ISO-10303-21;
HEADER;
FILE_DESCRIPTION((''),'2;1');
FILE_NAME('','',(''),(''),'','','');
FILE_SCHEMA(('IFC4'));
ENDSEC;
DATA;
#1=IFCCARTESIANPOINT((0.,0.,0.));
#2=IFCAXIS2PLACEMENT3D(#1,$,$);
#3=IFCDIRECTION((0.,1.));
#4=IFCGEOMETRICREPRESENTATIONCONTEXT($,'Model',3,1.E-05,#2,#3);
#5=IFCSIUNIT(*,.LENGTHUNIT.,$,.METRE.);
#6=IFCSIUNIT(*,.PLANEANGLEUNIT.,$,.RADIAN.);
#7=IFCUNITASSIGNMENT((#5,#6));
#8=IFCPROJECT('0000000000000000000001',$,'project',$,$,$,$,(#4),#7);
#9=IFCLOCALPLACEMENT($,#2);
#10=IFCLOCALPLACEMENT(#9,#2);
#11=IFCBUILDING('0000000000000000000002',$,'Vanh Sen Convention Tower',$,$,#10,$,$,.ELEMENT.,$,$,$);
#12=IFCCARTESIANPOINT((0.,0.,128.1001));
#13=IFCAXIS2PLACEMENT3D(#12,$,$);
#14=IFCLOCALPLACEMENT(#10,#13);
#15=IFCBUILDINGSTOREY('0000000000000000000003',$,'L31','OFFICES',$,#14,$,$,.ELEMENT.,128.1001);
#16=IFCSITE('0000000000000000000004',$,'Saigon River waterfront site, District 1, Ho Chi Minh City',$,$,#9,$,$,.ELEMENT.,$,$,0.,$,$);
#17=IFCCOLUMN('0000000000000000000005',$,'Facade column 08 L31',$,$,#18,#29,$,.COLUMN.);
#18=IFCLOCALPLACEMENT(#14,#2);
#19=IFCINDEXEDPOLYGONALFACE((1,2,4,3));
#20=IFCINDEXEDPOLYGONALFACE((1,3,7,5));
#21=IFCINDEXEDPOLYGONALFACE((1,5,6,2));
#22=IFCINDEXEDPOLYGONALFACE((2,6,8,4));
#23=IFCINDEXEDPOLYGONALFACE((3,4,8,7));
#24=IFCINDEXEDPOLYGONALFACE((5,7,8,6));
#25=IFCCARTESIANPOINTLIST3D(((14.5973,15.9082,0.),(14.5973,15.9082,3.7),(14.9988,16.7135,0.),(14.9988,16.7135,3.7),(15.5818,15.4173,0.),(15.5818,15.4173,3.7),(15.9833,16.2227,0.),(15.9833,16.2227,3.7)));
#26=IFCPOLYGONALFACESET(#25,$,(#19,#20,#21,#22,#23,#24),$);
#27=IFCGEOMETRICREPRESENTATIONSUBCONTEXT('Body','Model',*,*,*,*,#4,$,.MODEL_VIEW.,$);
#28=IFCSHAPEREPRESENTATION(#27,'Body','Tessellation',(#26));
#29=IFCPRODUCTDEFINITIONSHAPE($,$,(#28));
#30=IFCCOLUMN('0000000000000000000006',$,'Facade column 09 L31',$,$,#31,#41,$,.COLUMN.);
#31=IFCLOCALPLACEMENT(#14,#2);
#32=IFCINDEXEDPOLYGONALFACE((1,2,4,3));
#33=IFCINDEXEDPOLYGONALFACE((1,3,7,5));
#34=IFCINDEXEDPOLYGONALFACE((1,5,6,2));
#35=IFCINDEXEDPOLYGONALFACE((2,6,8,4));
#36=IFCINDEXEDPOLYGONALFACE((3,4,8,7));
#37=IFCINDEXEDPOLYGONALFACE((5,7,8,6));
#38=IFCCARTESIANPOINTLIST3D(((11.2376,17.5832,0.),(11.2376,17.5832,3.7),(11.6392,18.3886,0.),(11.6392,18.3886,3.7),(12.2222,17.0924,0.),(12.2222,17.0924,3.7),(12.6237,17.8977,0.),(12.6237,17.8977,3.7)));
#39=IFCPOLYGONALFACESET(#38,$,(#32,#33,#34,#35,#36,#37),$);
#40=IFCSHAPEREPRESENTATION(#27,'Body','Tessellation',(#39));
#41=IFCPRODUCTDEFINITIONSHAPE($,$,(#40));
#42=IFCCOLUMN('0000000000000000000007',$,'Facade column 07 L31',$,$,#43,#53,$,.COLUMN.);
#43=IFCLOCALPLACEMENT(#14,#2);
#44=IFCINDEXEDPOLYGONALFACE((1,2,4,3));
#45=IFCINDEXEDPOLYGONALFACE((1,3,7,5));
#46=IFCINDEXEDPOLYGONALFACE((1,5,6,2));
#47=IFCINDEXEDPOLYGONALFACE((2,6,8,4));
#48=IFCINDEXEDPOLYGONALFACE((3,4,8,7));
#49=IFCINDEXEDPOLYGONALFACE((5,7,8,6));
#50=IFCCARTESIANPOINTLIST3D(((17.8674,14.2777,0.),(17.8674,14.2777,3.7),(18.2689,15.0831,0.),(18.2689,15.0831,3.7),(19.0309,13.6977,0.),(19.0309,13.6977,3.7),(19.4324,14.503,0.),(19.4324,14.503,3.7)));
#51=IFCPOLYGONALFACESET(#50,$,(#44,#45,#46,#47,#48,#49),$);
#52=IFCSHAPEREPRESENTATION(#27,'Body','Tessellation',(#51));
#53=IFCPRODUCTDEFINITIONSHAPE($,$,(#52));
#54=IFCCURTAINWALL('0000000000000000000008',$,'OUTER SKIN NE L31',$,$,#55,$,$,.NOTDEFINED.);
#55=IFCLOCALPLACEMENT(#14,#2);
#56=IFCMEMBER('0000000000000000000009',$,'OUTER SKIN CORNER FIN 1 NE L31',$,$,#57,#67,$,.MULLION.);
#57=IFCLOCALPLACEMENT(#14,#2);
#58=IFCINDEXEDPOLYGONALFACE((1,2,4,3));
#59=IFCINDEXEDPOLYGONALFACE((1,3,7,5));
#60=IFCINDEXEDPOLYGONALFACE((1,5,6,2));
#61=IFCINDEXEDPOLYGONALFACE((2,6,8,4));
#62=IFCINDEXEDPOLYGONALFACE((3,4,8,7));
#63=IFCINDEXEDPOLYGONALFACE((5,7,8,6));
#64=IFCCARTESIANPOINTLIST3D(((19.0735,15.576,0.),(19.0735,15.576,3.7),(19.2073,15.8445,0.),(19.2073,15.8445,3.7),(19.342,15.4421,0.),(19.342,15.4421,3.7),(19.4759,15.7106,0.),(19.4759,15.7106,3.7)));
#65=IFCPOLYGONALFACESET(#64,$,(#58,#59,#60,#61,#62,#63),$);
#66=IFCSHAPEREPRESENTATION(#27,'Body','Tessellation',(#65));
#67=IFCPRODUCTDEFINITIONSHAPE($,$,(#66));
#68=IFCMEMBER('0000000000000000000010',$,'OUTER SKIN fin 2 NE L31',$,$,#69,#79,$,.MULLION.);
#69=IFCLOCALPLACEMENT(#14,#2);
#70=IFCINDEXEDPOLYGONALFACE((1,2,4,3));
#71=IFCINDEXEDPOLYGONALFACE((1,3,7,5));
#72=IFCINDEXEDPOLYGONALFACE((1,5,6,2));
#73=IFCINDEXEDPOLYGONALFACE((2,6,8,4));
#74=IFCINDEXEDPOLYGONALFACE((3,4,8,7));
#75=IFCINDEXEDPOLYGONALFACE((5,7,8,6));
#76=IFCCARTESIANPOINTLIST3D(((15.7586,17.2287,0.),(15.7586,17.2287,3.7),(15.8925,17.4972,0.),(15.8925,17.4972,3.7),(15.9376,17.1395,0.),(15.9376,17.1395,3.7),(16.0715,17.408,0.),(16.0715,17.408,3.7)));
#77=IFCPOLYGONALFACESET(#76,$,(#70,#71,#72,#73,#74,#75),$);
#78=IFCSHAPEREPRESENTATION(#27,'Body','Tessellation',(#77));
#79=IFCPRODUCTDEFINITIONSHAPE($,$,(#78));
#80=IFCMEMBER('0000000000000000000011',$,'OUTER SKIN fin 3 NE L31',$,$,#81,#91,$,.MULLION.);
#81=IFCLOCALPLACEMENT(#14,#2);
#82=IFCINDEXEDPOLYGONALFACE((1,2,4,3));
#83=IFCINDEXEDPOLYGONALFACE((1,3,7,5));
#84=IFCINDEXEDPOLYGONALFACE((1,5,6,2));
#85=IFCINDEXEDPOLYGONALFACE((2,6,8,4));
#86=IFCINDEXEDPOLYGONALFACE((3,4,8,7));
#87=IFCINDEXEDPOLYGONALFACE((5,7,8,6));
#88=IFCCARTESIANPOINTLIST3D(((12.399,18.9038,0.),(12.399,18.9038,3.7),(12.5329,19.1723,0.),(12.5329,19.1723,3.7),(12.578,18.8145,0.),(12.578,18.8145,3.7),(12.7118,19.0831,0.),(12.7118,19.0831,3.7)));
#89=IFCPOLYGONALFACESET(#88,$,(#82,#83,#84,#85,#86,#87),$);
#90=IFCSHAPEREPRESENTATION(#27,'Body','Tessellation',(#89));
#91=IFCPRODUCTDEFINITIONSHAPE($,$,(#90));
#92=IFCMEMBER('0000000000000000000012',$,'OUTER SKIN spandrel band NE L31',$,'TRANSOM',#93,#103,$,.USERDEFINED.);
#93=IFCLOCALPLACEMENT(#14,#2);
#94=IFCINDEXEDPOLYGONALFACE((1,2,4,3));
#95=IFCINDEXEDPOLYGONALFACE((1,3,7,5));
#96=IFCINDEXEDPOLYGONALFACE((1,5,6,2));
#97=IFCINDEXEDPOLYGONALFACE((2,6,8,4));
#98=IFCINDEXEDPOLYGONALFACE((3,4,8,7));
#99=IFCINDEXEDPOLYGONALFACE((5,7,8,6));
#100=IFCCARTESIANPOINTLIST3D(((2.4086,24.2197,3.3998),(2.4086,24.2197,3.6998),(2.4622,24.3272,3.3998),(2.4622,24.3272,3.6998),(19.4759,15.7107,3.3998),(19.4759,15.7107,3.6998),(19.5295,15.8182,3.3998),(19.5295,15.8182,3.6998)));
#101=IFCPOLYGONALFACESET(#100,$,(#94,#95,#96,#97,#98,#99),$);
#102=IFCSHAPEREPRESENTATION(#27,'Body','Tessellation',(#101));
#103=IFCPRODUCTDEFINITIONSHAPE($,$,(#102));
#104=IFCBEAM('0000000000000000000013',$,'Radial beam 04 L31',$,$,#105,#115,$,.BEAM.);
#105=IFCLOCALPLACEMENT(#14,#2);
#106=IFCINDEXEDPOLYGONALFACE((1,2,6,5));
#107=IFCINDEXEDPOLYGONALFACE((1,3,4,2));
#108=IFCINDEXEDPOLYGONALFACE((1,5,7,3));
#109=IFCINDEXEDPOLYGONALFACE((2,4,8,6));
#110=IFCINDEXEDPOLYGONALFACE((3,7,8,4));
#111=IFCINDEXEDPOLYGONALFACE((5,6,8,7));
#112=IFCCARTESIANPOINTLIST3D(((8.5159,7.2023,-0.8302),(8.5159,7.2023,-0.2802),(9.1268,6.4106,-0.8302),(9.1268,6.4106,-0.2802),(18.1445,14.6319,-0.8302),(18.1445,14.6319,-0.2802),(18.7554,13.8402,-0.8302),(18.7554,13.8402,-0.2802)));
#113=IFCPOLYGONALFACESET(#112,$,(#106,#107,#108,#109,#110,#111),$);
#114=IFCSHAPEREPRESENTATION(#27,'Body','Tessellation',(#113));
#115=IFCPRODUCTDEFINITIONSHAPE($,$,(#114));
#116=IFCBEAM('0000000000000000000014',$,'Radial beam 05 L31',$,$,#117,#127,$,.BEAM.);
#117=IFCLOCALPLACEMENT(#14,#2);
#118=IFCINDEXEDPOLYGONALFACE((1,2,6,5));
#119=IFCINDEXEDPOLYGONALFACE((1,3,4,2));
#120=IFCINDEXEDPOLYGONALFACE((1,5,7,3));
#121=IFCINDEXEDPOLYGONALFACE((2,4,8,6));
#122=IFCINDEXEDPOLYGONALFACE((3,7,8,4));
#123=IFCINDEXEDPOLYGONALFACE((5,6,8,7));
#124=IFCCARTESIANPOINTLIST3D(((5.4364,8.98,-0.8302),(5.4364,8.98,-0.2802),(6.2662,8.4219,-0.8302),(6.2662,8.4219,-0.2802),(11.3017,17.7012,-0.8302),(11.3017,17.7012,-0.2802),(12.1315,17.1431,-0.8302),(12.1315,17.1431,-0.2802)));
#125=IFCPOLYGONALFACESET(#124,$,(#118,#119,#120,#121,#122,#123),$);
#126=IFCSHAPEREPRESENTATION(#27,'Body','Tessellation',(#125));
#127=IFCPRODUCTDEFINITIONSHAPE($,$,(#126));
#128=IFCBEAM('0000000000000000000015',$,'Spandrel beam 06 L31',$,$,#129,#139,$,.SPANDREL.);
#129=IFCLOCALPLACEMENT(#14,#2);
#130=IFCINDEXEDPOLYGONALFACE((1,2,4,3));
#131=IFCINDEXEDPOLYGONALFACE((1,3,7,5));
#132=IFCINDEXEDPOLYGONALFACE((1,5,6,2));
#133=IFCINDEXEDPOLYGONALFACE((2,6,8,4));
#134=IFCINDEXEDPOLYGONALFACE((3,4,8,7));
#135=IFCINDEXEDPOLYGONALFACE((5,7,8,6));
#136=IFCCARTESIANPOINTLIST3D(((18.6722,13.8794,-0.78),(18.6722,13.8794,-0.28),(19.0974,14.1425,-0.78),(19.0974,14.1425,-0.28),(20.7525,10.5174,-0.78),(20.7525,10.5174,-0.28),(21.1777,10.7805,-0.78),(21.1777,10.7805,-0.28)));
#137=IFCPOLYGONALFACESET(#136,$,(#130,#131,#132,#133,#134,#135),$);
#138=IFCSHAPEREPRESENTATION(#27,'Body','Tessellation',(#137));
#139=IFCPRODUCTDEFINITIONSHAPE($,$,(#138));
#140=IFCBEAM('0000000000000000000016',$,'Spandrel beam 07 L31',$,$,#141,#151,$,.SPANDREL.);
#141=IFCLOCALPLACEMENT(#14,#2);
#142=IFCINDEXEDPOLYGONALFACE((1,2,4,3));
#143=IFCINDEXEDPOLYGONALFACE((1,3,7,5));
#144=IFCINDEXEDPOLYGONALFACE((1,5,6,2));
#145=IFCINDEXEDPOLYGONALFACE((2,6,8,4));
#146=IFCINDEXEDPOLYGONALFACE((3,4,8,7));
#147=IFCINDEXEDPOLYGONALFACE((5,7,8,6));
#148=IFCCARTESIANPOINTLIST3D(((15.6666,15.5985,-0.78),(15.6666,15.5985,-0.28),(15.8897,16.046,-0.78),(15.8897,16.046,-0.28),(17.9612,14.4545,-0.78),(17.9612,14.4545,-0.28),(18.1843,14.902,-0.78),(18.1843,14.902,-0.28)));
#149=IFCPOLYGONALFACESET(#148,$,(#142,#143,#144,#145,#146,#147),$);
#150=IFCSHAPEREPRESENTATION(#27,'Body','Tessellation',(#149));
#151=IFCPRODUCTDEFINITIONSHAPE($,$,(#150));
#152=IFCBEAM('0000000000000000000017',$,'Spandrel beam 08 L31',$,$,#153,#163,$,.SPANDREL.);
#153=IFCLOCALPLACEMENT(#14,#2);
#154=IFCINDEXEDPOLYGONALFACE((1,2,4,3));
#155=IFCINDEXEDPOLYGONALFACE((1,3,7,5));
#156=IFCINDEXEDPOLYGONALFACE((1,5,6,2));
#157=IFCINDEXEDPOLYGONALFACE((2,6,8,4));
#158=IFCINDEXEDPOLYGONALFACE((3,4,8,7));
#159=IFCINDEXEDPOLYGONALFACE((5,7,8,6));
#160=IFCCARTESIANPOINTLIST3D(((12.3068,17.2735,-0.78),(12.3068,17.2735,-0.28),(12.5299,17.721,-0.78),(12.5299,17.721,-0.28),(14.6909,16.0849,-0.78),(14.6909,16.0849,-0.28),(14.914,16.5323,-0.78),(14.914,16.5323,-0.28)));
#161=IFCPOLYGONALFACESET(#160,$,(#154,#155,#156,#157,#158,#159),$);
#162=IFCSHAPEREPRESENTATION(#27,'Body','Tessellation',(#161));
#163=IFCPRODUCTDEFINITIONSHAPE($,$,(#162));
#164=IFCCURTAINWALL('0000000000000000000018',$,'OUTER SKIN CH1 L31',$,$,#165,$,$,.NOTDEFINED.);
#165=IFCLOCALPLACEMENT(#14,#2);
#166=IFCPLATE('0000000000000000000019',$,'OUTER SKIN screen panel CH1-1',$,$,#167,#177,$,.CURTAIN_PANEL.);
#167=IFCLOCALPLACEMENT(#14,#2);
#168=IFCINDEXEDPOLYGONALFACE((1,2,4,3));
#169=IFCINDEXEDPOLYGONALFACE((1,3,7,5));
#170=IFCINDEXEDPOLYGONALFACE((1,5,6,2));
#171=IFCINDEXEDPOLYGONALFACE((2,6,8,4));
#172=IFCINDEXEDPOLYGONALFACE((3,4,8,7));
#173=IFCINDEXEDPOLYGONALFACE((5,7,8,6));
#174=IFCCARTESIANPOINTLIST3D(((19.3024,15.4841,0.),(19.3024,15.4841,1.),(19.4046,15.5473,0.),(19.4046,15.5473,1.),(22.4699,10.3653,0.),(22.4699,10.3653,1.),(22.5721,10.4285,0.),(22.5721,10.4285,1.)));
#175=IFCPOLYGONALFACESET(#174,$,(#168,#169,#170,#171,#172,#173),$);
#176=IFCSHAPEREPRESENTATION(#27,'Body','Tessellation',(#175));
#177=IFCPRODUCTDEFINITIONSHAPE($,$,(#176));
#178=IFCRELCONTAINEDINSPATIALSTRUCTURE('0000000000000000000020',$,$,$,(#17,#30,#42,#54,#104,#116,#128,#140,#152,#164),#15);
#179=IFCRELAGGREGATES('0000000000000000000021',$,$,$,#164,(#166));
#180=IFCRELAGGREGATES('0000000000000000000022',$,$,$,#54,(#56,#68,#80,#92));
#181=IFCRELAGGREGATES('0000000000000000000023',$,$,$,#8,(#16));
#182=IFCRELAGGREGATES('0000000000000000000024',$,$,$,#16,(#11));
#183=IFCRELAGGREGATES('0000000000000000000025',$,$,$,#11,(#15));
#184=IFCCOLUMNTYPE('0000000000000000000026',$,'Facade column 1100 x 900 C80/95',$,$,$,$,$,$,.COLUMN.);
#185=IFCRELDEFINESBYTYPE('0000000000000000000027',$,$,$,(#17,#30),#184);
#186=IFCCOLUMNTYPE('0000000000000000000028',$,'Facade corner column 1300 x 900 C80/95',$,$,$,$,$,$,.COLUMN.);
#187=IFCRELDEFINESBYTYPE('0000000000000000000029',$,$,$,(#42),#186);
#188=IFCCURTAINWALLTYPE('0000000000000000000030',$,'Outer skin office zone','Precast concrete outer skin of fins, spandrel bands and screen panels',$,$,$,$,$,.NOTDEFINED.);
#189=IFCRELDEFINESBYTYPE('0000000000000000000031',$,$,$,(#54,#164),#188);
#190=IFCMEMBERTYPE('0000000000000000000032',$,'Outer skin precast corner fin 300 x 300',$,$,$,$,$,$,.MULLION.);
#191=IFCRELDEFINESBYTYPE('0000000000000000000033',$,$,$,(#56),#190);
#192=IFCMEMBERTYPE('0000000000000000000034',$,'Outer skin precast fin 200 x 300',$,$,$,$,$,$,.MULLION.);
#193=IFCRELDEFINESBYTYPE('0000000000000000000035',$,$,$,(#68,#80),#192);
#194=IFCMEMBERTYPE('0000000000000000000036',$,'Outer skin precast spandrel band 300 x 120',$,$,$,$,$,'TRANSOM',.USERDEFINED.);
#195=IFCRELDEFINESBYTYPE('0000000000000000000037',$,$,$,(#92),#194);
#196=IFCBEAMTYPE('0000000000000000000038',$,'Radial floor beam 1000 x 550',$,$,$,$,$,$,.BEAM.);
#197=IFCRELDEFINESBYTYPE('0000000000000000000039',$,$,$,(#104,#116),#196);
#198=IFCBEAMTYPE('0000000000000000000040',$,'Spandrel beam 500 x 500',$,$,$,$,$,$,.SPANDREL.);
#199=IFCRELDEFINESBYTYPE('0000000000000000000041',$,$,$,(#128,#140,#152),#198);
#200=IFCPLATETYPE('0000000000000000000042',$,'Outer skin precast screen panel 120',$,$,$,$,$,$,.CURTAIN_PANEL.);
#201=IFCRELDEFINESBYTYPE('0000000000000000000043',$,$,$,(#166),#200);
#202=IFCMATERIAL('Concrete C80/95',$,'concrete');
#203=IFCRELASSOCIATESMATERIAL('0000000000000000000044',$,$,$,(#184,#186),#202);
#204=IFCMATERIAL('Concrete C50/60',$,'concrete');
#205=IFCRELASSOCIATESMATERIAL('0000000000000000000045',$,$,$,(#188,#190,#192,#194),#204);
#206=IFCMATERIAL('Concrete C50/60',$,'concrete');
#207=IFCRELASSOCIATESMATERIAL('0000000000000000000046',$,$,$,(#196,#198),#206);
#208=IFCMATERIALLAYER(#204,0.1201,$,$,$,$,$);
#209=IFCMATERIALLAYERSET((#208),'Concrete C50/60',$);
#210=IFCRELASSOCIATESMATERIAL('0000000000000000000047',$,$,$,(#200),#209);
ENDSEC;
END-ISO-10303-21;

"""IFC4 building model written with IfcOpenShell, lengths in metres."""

from ifc_helpers import new_model, si_unit, direction, frame, origin, origin_2d, place, context, subcontext, project, spatial, rectangle, extrude, material, layer, layer_set, material_profile, profile_set, type_object, element, aggregate, save


model = new_model("IFC4")

# Units and contexts
model_context = context("Model", 3, precision=1e-05, world=origin(), true_north=direction((0.0, 1.0)))
body_context = subcontext(model_context, "Body", "Model", "MODEL_VIEW")
ifc_project = project(units=[si_unit("LENGTHUNIT", "METRE"), si_unit("PLANEANGLEUNIT", "RADIAN")], contexts=[model_context])

# Site, building, storey
site_placement = place(None, origin())
site = spatial("IfcSite", under=ifc_project, at=site_placement, Name="Saigon River waterfront site, District 1, Ho Chi Minh City", CompositionType="ELEMENT", RefElevation=0.0)
building_placement = place(site_placement, origin())
building = spatial("IfcBuilding", under=site, at=building_placement, Name="Vanh Sen Convention Tower", CompositionType="ELEMENT")
storey_placement = place(building_placement, frame((0.0, 0.0, 128.1001)))
storey = spatial("IfcBuildingStorey", under=building, at=storey_placement, Name="L31", Description="OFFICES", CompositionType="ELEMENT", Elevation=128.1001)

# Columns
ifc_material_1 = material(Name="Concrete C80/95", Category="concrete")
ifc_material_profile_1 = material_profile(ifc_material_1, rectangle(XDim=1.1001, YDim=0.8999, at=origin_2d()), Name="RC 1100X900")
ifc_profile_set_1 = profile_set([ifc_material_profile_1], Name="Concrete C80/95")
column_type_1 = type_object("IfcColumnType", Name="Facade column 1100 x 900 C80/95", PredefinedType="COLUMN", material=ifc_profile_set_1)
for number, where, z_axis, x_axis, name in (
    (1, (15.2903, 16.0654, 0.0), (0.0, 0.0, 1.0), (-0.894934, 0.446198, 0.0), "Facade column 08 L31"),
    (2, (11.9307, 17.7405, 0.0), (0.0, 0.0, 1.0), (-0.894934, 0.446198, 0.0), "Facade column 09 L31"),
):
    element("IfcColumn", number, at=place(storey_placement, frame(where, z_axis=z_axis, x_axis=x_axis)), inside=storey, type_object=column_type_1, Name=name, PredefinedType="COLUMN", context=body_context, shape_type="SweptSolid", body=[
        extrude(rectangle(XDim=1.1001, YDim=0.8999, at=origin_2d()), origin(), (0.0, 0.0, 1.0), 3.7),
    ])
ifc_material_profile_2 = material_profile(ifc_material_1, rectangle(XDim=1.3, YDim=0.8999, at=origin_2d()), Name="RC 1300X900")
ifc_profile_set_2 = profile_set([ifc_material_profile_2], Name="Concrete C80/95")
column_type_2 = type_object("IfcColumnType", Name="Facade corner column 1300 x 900 C80/95", PredefinedType="COLUMN", material=ifc_profile_set_2)
column_placement = place(storey_placement, frame((18.6499, 14.3904, 0.0), z_axis=(0.0, 0.0, 1.0), x_axis=(-0.894934, 0.446198, 0.0)))
element("IfcColumn", 3, at=column_placement, inside=storey, type_object=column_type_2, Name="Facade column 07 L31", PredefinedType="COLUMN", context=body_context, shape_type="SweptSolid", body=[
    extrude(rectangle(XDim=1.3, YDim=0.8999, at=origin_2d()), origin(), (0.0, 0.0, 1.0), 3.7),
])

# Curtain wall, members
ifc_material_2 = material(Name="Concrete C50/60", Category="concrete")
curtain_wall_type = type_object("IfcCurtainWallType", Name="Outer skin office zone", Description="Precast concrete outer skin of fins, spandrel bands and screen panels", PredefinedType="NOTDEFINED", material=ifc_material_2)
curtain_wall_1_placement = place(storey_placement, origin())
curtain_wall_1 = element("IfcCurtainWall", 4, at=curtain_wall_1_placement, inside=storey, type_object=curtain_wall_type, Name="OUTER SKIN NE L31", PredefinedType="NOTDEFINED")
ifc_material_profile_3 = material_profile(ifc_material_2, rectangle(XDim=0.3, YDim=0.3, at=origin_2d()), Name="Outer skin precast corner fin 300 x 300")
ifc_profile_set_3 = profile_set([ifc_material_profile_3], Name="Concrete C50/60")
member_type_1 = type_object("IfcMemberType", Name="Outer skin precast corner fin 300 x 300", PredefinedType="MULLION", material=ifc_profile_set_3)
member_1_placement = place(storey_placement, frame((19.2747, 15.6433, 0.0), z_axis=(0.0, 0.0, 1.0), x_axis=(-0.894934, 0.446198, 0.0)))
member_1 = element("IfcMember", 5, at=member_1_placement, type_object=member_type_1, Name="OUTER SKIN CORNER FIN 1 NE L31", PredefinedType="MULLION", context=body_context, shape_type="SweptSolid", body=[
    extrude(rectangle(XDim=0.3, YDim=0.3, at=origin_2d()), origin(), (0.0, 0.0, 1.0), 3.7),
])
ifc_material_profile_4 = material_profile(ifc_material_2, rectangle(XDim=0.2, YDim=0.3, at=origin_2d()), Name="Outer skin precast fin 200 x 300")
ifc_profile_set_4 = profile_set([ifc_material_profile_4], Name="Concrete C50/60")
member_type_2 = type_object("IfcMemberType", Name="Outer skin precast fin 200 x 300", PredefinedType="MULLION", material=ifc_profile_set_4)
member_2_placement = place(storey_placement, frame((15.915, 17.3184, 0.0), z_axis=(0.0, 0.0, 1.0), x_axis=(-0.894934, 0.446198, 0.0)))
member_2 = element("IfcMember", 6, at=member_2_placement, type_object=member_type_2, Name="OUTER SKIN fin 2 NE L31", PredefinedType="MULLION", context=body_context, shape_type="SweptSolid", body=[
    extrude(rectangle(XDim=0.2, YDim=0.3, at=origin_2d()), origin(), (0.0, 0.0, 1.0), 3.7),
])
member_3_placement = place(storey_placement, frame((12.5554, 18.9934, 0.0), z_axis=(0.0, 0.0, 1.0), x_axis=(-0.894934, 0.446198, 0.0)))
member_3 = element("IfcMember", 7, at=member_3_placement, type_object=member_type_2, Name="OUTER SKIN fin 3 NE L31", PredefinedType="MULLION", context=body_context, shape_type="SweptSolid", body=[
    extrude(rectangle(XDim=0.2, YDim=0.3, at=origin_2d()), origin(), (0.0, 0.0, 1.0), 3.7),
])
ifc_material_profile_5 = material_profile(ifc_material_2, rectangle(XDim=0.1201, YDim=0.3, at=origin_2d()), Name="Outer skin precast spandrel band 300 x 120")
ifc_profile_set_5 = profile_set([ifc_material_profile_5], Name="Concrete C50/60")
member_type_3 = type_object("IfcMemberType", Name="Outer skin precast spandrel band 300 x 120", ElementType="TRANSOM", PredefinedType="USERDEFINED", material=ifc_profile_set_5)
member_4_placement = place(storey_placement, frame((19.5027, 15.7644, 3.5498), z_axis=(-0.894941, 0.446184, 0.0), x_axis=(-0.446184, -0.894941, 0.0)))
member_4 = element("IfcMember", 8, at=member_4_placement, type_object=member_type_3, Name="OUTER SKIN spandrel band NE L31", ObjectType="TRANSOM", PredefinedType="USERDEFINED", context=body_context, shape_type="SweptSolid", body=[
    extrude(rectangle(XDim=0.1201, YDim=0.3, at=origin_2d()), origin(), (0.0, 0.0, 1.0), 19.0708),
])

# Beams
ifc_material_3 = material(Name="Concrete C50/60", Category="concrete")
ifc_material_profile_6 = material_profile(ifc_material_3, rectangle(XDim=1.0, YDim=0.55, at=origin_2d()), Name="RC 1000X550")
ifc_profile_set_6 = profile_set([ifc_material_profile_6], Name="Concrete C50/60")
beam_type_1 = type_object("IfcBeamType", Name="Radial floor beam 1000 x 550", PredefinedType="BEAM", material=ifc_profile_set_6)
beam_1_placement = place(storey_placement, frame((18.45, 14.2361, -0.5552), z_axis=(-0.791708, -0.610899, 0.0), x_axis=(0.610899, -0.791708, 0.0)))
element("IfcBeam", 9, at=beam_1_placement, inside=storey, type_object=beam_type_1, Name="Radial beam 04 L31", PredefinedType="BEAM", context=body_context, shape_type="SweptSolid", body=[
    extrude(rectangle(XDim=1.0, YDim=0.55, at=origin_2d()), origin(), (0.0, 0.0, 1.0), 12.1619),
])
beam_2_placement = place(storey_placement, frame((11.7166, 17.4221, -0.5552), z_axis=(-0.558062, -0.829799, 0.0), x_axis=(0.829799, -0.558062, 0.0)))
element("IfcBeam", 10, at=beam_2_placement, inside=storey, type_object=beam_type_1, Name="Radial beam 05 L31", PredefinedType="BEAM", context=body_context, shape_type="SweptSolid", body=[
    extrude(rectangle(XDim=1.0, YDim=0.55, at=origin_2d()), origin(), (0.0, 0.0, 1.0), 10.51),
])
ifc_material_profile_7 = material_profile(ifc_material_3, rectangle(XDim=0.5, YDim=0.5, at=origin_2d()), Name="RC 500X500")
ifc_profile_set_7 = profile_set([ifc_material_profile_7], Name="Concrete C50/60")
beam_type_2 = type_object("IfcBeamType", Name="Spandrel beam 500 x 500", PredefinedType="SPANDREL", material=ifc_profile_set_7)
beam_3_placement = place(storey_placement, frame((20.9651, 10.6489, -0.53), z_axis=(-0.52618, 0.850373, 0.0), x_axis=(-0.850373, -0.52618, 0.0)))
element("IfcBeam", 11, at=beam_3_placement, inside=storey, type_object=beam_type_2, Name="Spandrel beam 06 L31", PredefinedType="SPANDREL", context=body_context, shape_type="SweptSolid", body=[
    extrude(rectangle(XDim=0.5, YDim=0.5, at=origin_2d()), origin(), (0.0, 0.0, 1.0), 3.9536),
])
beam_4_placement = place(storey_placement, frame((18.0728, 14.6782, -0.53), z_axis=(-0.894941, 0.446185, 0.0), x_axis=(-0.446185, -0.894941, 0.0)))
element("IfcBeam", 12, at=beam_4_placement, inside=storey, type_object=beam_type_2, Name="Spandrel beam 07 L31", PredefinedType="SPANDREL", context=body_context, shape_type="SweptSolid", body=[
    extrude(rectangle(XDim=0.5, YDim=0.5, at=origin_2d()), origin(), (0.0, 0.0, 1.0), 2.564),
])
beam_5_placement = place(storey_placement, frame((14.8025, 16.3086, -0.53), z_axis=(-0.89494, 0.446187, 0.0), x_axis=(-0.446187, -0.89494, 0.0)))
element("IfcBeam", 13, at=beam_5_placement, inside=storey, type_object=beam_type_2, Name="Spandrel beam 08 L31", PredefinedType="SPANDREL", context=body_context, shape_type="SweptSolid", body=[
    extrude(rectangle(XDim=0.5, YDim=0.5, at=origin_2d()), origin(), (0.0, 0.0, 1.0), 2.6641),
])

# Curtain wall, plate
curtain_wall_2_placement = place(storey_placement, origin())
curtain_wall_2 = element("IfcCurtainWall", 14, at=curtain_wall_2_placement, inside=storey, type_object=curtain_wall_type, Name="OUTER SKIN CH1 L31", PredefinedType="NOTDEFINED")
ifc_layer_1 = layer(ifc_material_2, 0.1201)
ifc_layer_set_1 = layer_set([ifc_layer_1], Name="Concrete C50/60")
plate_type = type_object("IfcPlateType", Name="Outer skin precast screen panel 120", PredefinedType="CURTAIN_PANEL", material=ifc_layer_set_1)
plate_1_placement = place(storey_placement, frame((20.9373, 12.9563, 0.0), z_axis=(0.0, 0.0, 1.0), x_axis=(-0.526204, 0.850359, 0.0)))
plate_1 = element("IfcPlate", 15, at=plate_1_placement, type_object=plate_type, Name="OUTER SKIN screen panel CH1-1", PredefinedType="CURTAIN_PANEL", context=body_context, shape_type="SweptSolid", body=[
    extrude(rectangle(XDim=6.0195, YDim=0.1201, at=origin_2d()), origin(), (0.0, 0.0, 1.0), 1.0),
])
aggregate(curtain_wall_2, [plate_1])

aggregate(curtain_wall_1, [member_1, member_2, member_3, member_4])

save(model, "model.ifc")
